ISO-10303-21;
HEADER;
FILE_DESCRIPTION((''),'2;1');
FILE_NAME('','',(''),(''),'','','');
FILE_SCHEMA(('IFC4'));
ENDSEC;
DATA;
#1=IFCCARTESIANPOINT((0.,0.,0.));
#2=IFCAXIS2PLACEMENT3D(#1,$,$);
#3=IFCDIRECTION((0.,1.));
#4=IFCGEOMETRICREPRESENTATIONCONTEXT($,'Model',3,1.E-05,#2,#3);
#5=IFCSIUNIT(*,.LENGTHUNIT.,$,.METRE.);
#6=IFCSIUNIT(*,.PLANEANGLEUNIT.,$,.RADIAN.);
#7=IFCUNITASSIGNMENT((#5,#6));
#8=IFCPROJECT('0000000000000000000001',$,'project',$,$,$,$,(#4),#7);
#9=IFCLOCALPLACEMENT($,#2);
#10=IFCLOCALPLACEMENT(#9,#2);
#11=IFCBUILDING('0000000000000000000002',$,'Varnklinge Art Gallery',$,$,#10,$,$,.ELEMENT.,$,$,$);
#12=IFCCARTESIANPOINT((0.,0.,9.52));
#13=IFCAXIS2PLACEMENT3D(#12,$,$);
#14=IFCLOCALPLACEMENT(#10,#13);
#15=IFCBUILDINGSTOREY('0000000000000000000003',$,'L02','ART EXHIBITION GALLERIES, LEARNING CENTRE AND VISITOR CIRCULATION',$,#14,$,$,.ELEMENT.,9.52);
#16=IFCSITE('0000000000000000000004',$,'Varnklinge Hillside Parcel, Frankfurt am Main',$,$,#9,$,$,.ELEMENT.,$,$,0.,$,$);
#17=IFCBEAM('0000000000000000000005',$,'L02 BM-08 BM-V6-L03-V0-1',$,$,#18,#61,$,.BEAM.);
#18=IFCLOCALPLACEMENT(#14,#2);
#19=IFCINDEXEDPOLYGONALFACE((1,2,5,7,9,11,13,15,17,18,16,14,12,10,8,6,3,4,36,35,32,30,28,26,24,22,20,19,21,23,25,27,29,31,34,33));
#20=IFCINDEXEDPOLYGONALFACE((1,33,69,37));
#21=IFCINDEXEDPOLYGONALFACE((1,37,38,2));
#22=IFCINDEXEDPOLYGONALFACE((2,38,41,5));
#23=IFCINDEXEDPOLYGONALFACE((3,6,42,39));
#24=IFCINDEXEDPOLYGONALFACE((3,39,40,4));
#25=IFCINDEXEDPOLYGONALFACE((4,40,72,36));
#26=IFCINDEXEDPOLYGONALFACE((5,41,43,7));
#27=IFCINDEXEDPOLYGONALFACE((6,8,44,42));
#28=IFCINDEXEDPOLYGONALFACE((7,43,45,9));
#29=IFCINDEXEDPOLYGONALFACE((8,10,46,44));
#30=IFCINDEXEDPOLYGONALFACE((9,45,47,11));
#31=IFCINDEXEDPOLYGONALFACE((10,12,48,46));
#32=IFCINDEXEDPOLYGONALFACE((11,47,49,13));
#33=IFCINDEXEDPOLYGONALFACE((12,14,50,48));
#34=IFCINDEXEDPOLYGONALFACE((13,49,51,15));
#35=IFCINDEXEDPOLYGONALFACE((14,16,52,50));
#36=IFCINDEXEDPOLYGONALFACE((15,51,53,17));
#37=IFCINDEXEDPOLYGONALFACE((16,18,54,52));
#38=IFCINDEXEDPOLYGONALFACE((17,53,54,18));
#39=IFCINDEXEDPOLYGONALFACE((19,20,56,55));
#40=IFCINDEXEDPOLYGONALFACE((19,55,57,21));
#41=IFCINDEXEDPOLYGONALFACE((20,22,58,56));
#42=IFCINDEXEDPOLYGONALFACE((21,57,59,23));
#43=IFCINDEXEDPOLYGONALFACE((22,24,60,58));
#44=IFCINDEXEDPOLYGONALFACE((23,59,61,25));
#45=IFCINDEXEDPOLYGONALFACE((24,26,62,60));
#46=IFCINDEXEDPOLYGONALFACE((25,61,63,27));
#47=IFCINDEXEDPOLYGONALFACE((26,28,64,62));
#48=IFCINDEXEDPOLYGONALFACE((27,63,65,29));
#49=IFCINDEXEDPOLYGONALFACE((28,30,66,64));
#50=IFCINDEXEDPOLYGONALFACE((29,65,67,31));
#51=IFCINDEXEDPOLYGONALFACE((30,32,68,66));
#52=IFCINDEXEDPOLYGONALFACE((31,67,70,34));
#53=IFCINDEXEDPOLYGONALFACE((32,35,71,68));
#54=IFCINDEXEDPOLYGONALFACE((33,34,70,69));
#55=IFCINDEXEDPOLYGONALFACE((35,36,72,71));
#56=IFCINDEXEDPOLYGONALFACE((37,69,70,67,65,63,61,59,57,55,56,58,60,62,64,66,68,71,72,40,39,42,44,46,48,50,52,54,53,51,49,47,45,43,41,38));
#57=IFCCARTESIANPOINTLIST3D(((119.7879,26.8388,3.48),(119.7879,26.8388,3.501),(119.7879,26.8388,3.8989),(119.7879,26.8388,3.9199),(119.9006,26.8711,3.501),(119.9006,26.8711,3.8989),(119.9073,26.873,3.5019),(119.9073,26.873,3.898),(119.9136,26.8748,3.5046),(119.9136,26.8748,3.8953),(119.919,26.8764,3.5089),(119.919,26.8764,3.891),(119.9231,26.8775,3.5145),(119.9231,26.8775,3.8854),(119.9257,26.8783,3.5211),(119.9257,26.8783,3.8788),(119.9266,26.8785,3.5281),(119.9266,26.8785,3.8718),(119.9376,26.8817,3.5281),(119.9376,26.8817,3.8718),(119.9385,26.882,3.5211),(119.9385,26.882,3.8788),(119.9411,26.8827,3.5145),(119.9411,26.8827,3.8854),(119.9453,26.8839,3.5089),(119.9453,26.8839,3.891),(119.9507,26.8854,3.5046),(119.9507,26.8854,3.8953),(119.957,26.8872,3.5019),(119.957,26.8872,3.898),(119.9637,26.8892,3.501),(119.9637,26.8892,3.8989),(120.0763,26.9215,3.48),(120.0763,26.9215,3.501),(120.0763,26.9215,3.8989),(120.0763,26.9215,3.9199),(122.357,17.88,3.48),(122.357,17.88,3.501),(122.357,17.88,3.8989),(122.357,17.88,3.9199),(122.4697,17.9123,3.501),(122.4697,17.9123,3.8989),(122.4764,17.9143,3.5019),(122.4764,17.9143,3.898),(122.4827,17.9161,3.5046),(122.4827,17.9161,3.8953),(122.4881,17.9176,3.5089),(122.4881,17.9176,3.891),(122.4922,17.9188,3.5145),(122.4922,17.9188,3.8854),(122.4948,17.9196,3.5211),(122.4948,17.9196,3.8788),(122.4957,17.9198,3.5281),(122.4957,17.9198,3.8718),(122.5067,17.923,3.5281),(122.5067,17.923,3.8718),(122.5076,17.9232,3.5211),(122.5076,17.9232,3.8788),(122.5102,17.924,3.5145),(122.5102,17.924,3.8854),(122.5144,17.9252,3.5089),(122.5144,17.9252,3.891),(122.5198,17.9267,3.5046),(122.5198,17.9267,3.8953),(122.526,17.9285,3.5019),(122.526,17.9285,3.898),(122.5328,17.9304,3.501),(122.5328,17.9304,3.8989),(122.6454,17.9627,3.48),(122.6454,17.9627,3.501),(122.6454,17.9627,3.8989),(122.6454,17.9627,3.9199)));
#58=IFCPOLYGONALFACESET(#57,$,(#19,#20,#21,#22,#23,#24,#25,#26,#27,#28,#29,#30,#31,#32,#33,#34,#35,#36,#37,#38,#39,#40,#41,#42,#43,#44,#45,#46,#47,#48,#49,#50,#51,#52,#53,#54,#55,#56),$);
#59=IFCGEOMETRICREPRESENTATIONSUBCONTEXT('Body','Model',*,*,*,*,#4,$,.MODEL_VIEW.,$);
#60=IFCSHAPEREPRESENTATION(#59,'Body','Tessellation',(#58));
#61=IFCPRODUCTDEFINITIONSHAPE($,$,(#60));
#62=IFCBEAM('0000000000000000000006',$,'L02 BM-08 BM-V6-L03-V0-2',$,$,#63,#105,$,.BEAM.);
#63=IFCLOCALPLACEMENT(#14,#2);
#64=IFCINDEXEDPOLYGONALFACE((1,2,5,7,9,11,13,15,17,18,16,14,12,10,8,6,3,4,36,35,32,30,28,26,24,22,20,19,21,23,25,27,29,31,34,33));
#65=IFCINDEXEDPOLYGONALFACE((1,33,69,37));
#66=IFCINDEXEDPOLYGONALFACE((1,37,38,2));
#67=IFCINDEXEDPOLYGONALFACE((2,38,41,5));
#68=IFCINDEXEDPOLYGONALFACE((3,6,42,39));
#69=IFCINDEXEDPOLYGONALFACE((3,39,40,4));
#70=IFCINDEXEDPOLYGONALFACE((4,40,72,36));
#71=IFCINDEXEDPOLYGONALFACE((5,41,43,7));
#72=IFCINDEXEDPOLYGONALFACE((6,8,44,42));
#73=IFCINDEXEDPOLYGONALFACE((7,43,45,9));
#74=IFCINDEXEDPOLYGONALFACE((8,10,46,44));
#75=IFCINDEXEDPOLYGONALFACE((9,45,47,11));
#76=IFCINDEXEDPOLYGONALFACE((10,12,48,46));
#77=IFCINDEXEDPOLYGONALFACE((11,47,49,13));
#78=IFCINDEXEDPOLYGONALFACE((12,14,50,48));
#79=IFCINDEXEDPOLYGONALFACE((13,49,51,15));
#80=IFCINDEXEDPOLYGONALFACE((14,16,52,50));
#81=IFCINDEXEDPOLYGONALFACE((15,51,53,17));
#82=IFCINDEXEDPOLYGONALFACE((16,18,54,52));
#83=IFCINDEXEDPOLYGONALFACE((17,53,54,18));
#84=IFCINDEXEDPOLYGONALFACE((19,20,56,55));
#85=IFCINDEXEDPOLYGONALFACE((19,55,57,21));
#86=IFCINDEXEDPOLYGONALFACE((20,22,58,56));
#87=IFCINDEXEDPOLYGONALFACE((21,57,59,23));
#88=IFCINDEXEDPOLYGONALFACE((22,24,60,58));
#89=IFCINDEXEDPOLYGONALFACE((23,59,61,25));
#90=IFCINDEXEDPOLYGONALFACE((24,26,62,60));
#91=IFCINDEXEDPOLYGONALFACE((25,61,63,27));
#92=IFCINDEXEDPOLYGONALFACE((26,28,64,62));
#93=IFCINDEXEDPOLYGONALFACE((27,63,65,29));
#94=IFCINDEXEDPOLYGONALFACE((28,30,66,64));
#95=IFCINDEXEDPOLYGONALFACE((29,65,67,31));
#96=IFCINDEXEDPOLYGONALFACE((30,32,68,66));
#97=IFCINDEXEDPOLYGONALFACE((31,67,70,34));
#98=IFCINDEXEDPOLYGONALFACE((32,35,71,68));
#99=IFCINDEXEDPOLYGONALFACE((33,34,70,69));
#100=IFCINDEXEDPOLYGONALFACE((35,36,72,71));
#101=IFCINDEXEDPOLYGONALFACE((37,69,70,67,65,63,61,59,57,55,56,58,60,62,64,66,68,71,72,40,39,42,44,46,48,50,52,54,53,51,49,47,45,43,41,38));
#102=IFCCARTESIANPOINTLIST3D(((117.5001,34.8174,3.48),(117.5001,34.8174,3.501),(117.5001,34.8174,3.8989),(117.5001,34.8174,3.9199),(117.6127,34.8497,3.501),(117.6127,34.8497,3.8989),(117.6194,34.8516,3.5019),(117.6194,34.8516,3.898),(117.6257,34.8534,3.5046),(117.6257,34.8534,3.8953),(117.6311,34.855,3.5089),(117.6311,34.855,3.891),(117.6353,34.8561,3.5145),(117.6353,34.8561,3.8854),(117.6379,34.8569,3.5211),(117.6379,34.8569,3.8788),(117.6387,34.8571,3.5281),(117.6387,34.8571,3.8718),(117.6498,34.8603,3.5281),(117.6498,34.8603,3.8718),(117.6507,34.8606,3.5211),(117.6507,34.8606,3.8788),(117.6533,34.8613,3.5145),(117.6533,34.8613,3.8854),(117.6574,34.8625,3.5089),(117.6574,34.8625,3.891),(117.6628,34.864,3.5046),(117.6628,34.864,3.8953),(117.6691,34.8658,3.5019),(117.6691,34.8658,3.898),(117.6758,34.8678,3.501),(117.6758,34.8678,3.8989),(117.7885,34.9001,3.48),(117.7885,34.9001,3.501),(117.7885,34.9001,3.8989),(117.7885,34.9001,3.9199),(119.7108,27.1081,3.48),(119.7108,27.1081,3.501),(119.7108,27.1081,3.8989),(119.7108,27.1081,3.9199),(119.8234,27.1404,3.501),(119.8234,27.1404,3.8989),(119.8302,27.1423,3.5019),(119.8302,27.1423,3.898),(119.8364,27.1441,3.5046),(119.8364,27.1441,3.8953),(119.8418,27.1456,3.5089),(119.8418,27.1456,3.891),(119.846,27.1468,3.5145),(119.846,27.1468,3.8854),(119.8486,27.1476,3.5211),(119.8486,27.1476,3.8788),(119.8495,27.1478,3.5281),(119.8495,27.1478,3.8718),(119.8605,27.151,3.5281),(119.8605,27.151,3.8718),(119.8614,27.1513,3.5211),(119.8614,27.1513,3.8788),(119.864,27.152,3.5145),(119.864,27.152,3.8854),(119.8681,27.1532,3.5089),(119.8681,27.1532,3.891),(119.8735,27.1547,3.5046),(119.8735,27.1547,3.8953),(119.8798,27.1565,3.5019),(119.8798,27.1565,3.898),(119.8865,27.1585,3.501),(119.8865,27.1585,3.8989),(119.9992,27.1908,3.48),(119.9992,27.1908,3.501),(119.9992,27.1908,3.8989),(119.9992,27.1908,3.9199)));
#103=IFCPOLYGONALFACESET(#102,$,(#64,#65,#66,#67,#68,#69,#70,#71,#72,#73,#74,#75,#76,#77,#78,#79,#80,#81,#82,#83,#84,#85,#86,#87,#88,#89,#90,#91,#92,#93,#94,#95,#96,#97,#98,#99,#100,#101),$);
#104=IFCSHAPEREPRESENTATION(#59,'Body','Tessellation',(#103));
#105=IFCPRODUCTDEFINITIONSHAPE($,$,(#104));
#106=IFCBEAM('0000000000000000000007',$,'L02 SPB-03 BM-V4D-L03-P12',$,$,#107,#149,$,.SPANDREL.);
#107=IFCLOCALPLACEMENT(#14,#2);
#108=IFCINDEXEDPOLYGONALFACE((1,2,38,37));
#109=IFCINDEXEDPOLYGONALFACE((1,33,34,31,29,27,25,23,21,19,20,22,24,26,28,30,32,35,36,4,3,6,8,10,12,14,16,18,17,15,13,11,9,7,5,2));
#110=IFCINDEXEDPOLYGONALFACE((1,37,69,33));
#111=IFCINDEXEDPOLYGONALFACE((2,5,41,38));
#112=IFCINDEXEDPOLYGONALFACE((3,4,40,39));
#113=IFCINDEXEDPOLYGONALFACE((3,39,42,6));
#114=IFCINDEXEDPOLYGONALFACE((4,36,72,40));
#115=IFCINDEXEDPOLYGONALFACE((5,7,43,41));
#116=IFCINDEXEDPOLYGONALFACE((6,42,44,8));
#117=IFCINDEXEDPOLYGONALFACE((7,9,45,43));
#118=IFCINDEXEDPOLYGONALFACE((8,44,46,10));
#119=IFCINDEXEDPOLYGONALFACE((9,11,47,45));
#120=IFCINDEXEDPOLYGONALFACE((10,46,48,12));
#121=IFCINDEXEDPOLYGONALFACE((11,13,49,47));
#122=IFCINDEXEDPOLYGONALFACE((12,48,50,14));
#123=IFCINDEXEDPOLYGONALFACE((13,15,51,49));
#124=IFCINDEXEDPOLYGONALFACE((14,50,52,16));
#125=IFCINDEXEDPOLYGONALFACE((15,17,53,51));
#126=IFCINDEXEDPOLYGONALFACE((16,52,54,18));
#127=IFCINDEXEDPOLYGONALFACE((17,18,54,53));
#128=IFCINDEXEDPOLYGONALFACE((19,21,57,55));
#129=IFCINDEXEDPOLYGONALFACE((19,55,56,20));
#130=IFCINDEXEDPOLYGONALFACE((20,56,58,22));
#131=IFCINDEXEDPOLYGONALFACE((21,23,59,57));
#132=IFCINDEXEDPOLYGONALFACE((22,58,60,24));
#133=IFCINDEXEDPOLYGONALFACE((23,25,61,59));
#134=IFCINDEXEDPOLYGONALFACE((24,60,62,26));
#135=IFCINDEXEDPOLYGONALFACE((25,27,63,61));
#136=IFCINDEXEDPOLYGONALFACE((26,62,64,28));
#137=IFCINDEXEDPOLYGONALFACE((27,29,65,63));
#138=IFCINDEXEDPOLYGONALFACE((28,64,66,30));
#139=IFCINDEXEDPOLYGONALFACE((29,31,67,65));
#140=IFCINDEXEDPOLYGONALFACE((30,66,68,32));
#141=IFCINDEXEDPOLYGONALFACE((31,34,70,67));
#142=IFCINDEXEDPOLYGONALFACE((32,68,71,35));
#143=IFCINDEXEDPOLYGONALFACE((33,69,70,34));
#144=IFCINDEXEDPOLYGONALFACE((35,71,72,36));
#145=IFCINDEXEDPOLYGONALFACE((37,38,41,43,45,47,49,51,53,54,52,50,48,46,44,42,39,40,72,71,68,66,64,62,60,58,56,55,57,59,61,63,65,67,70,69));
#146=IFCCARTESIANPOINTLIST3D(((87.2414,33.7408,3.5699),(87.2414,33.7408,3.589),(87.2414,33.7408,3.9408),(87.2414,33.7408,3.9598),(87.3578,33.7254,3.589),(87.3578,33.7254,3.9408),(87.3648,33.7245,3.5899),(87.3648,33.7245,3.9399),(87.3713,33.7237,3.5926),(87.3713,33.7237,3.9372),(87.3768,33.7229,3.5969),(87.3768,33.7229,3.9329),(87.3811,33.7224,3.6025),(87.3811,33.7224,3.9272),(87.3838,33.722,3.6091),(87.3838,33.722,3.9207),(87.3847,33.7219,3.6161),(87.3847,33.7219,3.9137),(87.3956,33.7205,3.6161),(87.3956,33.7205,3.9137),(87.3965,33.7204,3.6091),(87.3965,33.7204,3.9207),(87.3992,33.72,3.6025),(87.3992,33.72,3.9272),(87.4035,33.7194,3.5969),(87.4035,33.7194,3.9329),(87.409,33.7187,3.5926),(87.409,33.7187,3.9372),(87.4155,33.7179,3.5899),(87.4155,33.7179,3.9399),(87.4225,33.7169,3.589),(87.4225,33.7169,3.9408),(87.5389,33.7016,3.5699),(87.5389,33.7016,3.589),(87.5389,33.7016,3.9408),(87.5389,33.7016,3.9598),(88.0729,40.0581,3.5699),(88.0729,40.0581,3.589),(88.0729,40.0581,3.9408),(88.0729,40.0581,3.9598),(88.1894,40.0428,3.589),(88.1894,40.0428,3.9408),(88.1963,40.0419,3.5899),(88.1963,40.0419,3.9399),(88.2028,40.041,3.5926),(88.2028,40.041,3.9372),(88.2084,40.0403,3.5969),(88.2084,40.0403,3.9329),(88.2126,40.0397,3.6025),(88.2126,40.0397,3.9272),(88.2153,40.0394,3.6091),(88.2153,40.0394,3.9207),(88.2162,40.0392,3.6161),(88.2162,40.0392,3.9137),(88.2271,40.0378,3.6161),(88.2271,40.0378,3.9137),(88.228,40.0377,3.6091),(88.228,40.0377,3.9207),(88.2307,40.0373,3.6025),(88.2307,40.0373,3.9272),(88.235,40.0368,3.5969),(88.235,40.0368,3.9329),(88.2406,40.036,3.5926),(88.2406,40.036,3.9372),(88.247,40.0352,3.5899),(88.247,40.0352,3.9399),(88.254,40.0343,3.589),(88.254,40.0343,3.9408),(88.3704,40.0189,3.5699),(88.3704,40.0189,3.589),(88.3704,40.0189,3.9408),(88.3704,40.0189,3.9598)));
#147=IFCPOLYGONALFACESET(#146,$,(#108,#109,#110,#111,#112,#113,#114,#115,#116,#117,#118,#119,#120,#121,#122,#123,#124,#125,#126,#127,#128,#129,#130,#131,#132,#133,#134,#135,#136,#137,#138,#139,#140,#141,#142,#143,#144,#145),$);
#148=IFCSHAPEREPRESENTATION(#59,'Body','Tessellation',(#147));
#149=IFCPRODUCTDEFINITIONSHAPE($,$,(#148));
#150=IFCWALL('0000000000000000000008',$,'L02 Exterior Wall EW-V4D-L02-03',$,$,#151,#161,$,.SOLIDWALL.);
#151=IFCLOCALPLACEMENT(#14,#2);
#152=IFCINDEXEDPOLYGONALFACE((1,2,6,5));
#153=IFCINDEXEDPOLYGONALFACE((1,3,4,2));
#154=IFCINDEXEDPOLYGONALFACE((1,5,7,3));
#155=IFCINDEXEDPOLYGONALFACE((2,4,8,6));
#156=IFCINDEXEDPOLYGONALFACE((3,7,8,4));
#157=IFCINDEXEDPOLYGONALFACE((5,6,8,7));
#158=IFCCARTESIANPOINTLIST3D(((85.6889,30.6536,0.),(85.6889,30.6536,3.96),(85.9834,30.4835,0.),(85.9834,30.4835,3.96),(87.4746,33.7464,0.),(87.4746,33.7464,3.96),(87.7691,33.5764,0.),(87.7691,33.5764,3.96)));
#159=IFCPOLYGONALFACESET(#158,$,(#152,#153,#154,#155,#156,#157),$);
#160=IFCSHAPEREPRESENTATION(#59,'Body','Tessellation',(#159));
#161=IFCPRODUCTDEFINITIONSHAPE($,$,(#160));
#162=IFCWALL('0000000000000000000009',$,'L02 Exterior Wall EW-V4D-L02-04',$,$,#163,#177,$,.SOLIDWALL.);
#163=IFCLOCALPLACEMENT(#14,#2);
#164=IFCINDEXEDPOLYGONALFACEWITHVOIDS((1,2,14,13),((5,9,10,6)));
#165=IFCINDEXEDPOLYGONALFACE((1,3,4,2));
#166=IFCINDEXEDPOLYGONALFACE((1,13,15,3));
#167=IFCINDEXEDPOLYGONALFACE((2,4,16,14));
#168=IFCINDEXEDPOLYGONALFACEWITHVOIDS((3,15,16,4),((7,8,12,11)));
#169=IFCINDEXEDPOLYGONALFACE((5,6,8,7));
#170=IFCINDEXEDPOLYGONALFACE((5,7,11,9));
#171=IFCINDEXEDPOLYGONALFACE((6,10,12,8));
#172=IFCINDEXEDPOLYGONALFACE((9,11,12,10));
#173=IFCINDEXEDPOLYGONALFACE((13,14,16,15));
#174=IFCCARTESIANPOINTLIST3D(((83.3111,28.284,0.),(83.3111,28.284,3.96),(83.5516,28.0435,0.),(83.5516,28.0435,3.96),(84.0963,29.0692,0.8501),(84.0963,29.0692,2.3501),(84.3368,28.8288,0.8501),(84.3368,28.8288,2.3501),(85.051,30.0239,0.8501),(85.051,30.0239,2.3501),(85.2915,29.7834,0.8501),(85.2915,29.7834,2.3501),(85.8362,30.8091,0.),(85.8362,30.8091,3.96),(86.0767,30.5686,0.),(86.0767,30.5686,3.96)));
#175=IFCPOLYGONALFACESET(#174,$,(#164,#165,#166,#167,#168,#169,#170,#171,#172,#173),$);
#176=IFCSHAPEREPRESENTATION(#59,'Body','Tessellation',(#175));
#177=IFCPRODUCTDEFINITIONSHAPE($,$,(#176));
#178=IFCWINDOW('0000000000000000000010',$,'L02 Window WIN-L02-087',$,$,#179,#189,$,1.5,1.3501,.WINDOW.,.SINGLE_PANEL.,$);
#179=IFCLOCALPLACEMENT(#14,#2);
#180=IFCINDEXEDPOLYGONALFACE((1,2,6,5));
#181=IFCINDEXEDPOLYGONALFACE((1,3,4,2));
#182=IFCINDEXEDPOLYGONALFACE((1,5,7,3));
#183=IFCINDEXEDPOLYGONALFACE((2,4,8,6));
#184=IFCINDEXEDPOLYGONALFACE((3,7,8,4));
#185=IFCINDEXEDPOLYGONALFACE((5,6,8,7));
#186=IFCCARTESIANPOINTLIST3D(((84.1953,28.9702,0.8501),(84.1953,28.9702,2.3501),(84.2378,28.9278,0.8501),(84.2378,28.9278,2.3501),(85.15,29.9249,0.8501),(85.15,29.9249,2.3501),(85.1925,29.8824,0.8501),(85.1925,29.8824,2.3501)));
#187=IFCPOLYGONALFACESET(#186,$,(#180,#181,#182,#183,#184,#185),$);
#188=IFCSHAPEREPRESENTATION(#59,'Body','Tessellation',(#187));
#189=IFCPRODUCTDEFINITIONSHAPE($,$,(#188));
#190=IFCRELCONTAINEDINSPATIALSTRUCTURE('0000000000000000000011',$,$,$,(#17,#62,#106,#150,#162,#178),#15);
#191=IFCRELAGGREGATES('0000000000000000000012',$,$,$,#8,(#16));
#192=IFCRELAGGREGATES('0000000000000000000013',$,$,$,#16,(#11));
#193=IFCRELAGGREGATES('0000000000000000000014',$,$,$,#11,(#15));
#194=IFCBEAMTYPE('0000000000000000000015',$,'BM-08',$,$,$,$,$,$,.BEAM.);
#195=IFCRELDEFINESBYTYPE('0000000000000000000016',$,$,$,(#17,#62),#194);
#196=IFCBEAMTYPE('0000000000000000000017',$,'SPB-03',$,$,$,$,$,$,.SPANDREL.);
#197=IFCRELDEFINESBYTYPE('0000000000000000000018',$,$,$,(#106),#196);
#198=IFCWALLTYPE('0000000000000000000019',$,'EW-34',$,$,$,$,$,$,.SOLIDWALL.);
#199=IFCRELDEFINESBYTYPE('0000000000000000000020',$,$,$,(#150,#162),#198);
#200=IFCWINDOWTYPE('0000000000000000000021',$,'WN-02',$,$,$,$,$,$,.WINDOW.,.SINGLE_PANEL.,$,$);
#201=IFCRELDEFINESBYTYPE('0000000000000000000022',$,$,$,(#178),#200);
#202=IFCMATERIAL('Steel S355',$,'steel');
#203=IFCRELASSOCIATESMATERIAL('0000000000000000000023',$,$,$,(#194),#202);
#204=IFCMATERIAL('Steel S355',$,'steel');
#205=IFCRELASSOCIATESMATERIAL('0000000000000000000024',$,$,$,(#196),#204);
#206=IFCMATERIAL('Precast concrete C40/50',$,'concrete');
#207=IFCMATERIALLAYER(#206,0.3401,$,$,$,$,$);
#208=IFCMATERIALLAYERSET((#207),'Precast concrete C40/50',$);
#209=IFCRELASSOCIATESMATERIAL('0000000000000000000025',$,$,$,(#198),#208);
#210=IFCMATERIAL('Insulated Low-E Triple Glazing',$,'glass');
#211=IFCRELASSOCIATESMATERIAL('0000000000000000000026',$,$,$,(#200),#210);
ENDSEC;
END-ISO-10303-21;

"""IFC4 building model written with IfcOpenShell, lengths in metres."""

from ifc_helpers import new_model, si_unit, direction, frame, frame_2d, origin, origin_2d, place, context, subcontext, project, spatial, rectangle, i_section, extrude, material, layer, layer_set, material_profile, profile_set, type_object, element, fill, save


model = new_model("IFC4")

# Units and contexts
model_context = context("Model", 3, precision=1e-05, world=origin(), true_north=direction((0.0, 1.0)))
body_context = subcontext(model_context, "Body", "Model", "MODEL_VIEW")
ifc_project = project(units=[si_unit("LENGTHUNIT", "METRE"), si_unit("PLANEANGLEUNIT", "RADIAN")], contexts=[model_context])

# Site, building, storey
site_placement = place(None, origin())
site = spatial("IfcSite", under=ifc_project, at=site_placement, Name="Varnklinge Hillside Parcel, Frankfurt am Main", CompositionType="ELEMENT", RefElevation=0.0)
building_placement = place(site_placement, origin())
building = spatial("IfcBuilding", under=site, at=building_placement, Name="Varnklinge Art Gallery", CompositionType="ELEMENT")
storey_placement = place(building_placement, frame((0.0, 0.0, 9.52)))
storey = spatial("IfcBuildingStorey", under=building, at=storey_placement, Name="L02", Description="ART EXHIBITION GALLERIES, LEARNING CENTRE AND VISITOR CIRCULATION", CompositionType="ELEMENT", Elevation=9.52)

# Beams
ifc_material_1 = material(Name="Steel S355", Category="steel")
ifc_material_profile_1 = material_profile(ifc_material_1, i_section(OverallWidth=0.3, OverallDepth=0.4399, WebThickness=0.0115, FlangeThickness=0.021, FilletRadius=0.0271, at=origin_2d()), Name="HEA 450")
ifc_profile_set_1 = profile_set([ifc_material_profile_1], Name="Steel S355")
beam_type_1 = type_object("IfcBeamType", Name="BM-08", PredefinedType="BEAM", material=ifc_profile_set_1)
beam_1_placement = place(storey_placement, frame((122.5012, 17.9214, 3.7), z_axis=(-0.275659, 0.961256, 0.0), x_axis=(-0.961256, -0.275659, 0.0)))
element("IfcBeam", 1, at=beam_1_placement, inside=storey, type_object=beam_type_1, Name="L02 BM-08 BM-V6-L03-V0-1", PredefinedType="BEAM", context=body_context, shape_type="SweptSolid", body=[
    extrude(i_section(OverallWidth=0.3, OverallDepth=0.4399, WebThickness=0.0115, FlangeThickness=0.021, FilletRadius=0.0271, at=origin_2d()), origin(), (0.0, 0.0, 1.0), 9.3198),
])
beam_2_placement = place(storey_placement, frame((119.855, 27.1494, 3.7), z_axis=(-0.27565, 0.961258, 0.0), x_axis=(-0.961258, -0.27565, 0.0)))
element("IfcBeam", 2, at=beam_2_placement, inside=storey, type_object=beam_type_1, Name="L02 BM-08 BM-V6-L03-V0-2", PredefinedType="BEAM", context=body_context, shape_type="SweptSolid", body=[
    extrude(i_section(OverallWidth=0.3, OverallDepth=0.4399, WebThickness=0.0115, FlangeThickness=0.021, FilletRadius=0.0271, at=origin_2d()), origin(), (0.0, 0.0, 1.0), 8.02),
])
ifc_material_2 = material(Name="Steel S355", Category="steel")
ifc_material_profile_2 = material_profile(ifc_material_2, i_section(OverallWidth=0.3, OverallDepth=0.3899, WebThickness=0.011, FlangeThickness=0.019, FilletRadius=0.0271, at=origin_2d()), Name="HEA 400")
ifc_profile_set_2 = profile_set([ifc_material_profile_2], Name="Steel S355")
beam_type_2 = type_object("IfcBeamType", Name="SPB-03", PredefinedType="SPANDREL", material=ifc_profile_set_2)
beam_3_placement = place(storey_placement, frame((87.3901, 33.7212, 3.7649), z_axis=(0.130502, 0.991448, 0.0), x_axis=(-0.991448, 0.130502, 0.0)))
element("IfcBeam", 3, at=beam_3_placement, inside=storey, type_object=beam_type_2, Name="L02 SPB-03 BM-V4D-L03-P12", PredefinedType="SPANDREL", context=body_context, shape_type="SweptSolid", body=[
    extrude(i_section(OverallWidth=0.3, OverallDepth=0.3899, WebThickness=0.011, FlangeThickness=0.019, FilletRadius=0.0271, at=origin_2d()), origin(), (0.0, 0.0, 1.0), 6.3718),
])

# Wall
ifc_material_3 = material(Name="Precast concrete C40/50", Category="concrete")
ifc_layer_1 = layer(ifc_material_3, 0.3401)
ifc_layer_set_1 = layer_set([ifc_layer_1], Name="Precast concrete C40/50")
wall_type = type_object("IfcWallType", Name="EW-34", PredefinedType="SOLIDWALL", material=ifc_layer_set_1)
wall_1_placement = place(storey_placement, frame((87.6218, 33.6614, 0.0), z_axis=(0.0, 0.0, 1.0), x_axis=(-0.500007, -0.866022, 0.0)))
element("IfcWall", 4, at=wall_1_placement, inside=storey, type_object=wall_type, Name="L02 Exterior Wall EW-V4D-L02-03", PredefinedType="SOLIDWALL", context=body_context, shape_type="SweptSolid", body=[
    extrude(rectangle(XDim=3.5713, YDim=0.3401, at=frame_2d((1.7856, 0.0))), origin(), (0.0, 0.0, 1.0), 3.96),
])

# Wall, opening, window
wall_2_placement = place(storey_placement, frame((85.9565, 30.689, 0.0), z_axis=(0.0, 0.0, 1.0), x_axis=(-0.707107, -0.707107, 0.0)))
wall_2 = element("IfcWall", 5, at=wall_2_placement, inside=storey, type_object=wall_type, Name="L02 Exterior Wall EW-V4D-L02-04", PredefinedType="SOLIDWALL", context=body_context, shape_type="SweptSolid", body=[
    extrude(rectangle(XDim=3.571, YDim=0.3401, at=frame_2d((1.7856, 0.0))), origin(), (0.0, 0.0, 1.0), 3.96),
])
opening_placement = place(wall_2_placement, frame((1.1106, 0.0, 0.8501)))
opening = element("IfcOpeningElement", 6, at=opening_placement, cuts=wall_2, PredefinedType="OPENING", context=body_context, shape_type="SweptSolid", body=[
    extrude(rectangle(XDim=1.3501, YDim=1.5, at=frame_2d((0.675, 0.75))), frame((0.0, 0.1799, 0.0), z_axis=(0.0, -1.0, 0.0), x_axis=(1.0, 0.0, 0.0)), (0.0, 0.0, 1.0), 0.3601),
])
ifc_material_4 = material(Name="Insulated Low-E Triple Glazing", Category="glass")
window_type = type_object("IfcWindowType", Name="WN-02", PartitioningType="SINGLE_PANEL", PredefinedType="WINDOW", material=ifc_material_4)
window_placement = place(opening_placement, origin())
window = element("IfcWindow", 7, at=window_placement, inside=storey, type_object=window_type, Name="L02 Window WIN-L02-087", OverallHeight=1.5, OverallWidth=1.3501, PartitioningType="SINGLE_PANEL", PredefinedType="WINDOW", context=body_context, shape_type="SweptSolid", body=[
    extrude(rectangle(XDim=1.3501, YDim=1.5, at=frame_2d((0.675, 0.75))), frame((0.0, 0.03, 0.0), z_axis=(0.0, -1.0, 0.0), x_axis=(1.0, 0.0, 0.0)), (0.0, 0.0, 1.0), 0.0601),
])
fill(opening, window)

save(model, "model.ifc")
